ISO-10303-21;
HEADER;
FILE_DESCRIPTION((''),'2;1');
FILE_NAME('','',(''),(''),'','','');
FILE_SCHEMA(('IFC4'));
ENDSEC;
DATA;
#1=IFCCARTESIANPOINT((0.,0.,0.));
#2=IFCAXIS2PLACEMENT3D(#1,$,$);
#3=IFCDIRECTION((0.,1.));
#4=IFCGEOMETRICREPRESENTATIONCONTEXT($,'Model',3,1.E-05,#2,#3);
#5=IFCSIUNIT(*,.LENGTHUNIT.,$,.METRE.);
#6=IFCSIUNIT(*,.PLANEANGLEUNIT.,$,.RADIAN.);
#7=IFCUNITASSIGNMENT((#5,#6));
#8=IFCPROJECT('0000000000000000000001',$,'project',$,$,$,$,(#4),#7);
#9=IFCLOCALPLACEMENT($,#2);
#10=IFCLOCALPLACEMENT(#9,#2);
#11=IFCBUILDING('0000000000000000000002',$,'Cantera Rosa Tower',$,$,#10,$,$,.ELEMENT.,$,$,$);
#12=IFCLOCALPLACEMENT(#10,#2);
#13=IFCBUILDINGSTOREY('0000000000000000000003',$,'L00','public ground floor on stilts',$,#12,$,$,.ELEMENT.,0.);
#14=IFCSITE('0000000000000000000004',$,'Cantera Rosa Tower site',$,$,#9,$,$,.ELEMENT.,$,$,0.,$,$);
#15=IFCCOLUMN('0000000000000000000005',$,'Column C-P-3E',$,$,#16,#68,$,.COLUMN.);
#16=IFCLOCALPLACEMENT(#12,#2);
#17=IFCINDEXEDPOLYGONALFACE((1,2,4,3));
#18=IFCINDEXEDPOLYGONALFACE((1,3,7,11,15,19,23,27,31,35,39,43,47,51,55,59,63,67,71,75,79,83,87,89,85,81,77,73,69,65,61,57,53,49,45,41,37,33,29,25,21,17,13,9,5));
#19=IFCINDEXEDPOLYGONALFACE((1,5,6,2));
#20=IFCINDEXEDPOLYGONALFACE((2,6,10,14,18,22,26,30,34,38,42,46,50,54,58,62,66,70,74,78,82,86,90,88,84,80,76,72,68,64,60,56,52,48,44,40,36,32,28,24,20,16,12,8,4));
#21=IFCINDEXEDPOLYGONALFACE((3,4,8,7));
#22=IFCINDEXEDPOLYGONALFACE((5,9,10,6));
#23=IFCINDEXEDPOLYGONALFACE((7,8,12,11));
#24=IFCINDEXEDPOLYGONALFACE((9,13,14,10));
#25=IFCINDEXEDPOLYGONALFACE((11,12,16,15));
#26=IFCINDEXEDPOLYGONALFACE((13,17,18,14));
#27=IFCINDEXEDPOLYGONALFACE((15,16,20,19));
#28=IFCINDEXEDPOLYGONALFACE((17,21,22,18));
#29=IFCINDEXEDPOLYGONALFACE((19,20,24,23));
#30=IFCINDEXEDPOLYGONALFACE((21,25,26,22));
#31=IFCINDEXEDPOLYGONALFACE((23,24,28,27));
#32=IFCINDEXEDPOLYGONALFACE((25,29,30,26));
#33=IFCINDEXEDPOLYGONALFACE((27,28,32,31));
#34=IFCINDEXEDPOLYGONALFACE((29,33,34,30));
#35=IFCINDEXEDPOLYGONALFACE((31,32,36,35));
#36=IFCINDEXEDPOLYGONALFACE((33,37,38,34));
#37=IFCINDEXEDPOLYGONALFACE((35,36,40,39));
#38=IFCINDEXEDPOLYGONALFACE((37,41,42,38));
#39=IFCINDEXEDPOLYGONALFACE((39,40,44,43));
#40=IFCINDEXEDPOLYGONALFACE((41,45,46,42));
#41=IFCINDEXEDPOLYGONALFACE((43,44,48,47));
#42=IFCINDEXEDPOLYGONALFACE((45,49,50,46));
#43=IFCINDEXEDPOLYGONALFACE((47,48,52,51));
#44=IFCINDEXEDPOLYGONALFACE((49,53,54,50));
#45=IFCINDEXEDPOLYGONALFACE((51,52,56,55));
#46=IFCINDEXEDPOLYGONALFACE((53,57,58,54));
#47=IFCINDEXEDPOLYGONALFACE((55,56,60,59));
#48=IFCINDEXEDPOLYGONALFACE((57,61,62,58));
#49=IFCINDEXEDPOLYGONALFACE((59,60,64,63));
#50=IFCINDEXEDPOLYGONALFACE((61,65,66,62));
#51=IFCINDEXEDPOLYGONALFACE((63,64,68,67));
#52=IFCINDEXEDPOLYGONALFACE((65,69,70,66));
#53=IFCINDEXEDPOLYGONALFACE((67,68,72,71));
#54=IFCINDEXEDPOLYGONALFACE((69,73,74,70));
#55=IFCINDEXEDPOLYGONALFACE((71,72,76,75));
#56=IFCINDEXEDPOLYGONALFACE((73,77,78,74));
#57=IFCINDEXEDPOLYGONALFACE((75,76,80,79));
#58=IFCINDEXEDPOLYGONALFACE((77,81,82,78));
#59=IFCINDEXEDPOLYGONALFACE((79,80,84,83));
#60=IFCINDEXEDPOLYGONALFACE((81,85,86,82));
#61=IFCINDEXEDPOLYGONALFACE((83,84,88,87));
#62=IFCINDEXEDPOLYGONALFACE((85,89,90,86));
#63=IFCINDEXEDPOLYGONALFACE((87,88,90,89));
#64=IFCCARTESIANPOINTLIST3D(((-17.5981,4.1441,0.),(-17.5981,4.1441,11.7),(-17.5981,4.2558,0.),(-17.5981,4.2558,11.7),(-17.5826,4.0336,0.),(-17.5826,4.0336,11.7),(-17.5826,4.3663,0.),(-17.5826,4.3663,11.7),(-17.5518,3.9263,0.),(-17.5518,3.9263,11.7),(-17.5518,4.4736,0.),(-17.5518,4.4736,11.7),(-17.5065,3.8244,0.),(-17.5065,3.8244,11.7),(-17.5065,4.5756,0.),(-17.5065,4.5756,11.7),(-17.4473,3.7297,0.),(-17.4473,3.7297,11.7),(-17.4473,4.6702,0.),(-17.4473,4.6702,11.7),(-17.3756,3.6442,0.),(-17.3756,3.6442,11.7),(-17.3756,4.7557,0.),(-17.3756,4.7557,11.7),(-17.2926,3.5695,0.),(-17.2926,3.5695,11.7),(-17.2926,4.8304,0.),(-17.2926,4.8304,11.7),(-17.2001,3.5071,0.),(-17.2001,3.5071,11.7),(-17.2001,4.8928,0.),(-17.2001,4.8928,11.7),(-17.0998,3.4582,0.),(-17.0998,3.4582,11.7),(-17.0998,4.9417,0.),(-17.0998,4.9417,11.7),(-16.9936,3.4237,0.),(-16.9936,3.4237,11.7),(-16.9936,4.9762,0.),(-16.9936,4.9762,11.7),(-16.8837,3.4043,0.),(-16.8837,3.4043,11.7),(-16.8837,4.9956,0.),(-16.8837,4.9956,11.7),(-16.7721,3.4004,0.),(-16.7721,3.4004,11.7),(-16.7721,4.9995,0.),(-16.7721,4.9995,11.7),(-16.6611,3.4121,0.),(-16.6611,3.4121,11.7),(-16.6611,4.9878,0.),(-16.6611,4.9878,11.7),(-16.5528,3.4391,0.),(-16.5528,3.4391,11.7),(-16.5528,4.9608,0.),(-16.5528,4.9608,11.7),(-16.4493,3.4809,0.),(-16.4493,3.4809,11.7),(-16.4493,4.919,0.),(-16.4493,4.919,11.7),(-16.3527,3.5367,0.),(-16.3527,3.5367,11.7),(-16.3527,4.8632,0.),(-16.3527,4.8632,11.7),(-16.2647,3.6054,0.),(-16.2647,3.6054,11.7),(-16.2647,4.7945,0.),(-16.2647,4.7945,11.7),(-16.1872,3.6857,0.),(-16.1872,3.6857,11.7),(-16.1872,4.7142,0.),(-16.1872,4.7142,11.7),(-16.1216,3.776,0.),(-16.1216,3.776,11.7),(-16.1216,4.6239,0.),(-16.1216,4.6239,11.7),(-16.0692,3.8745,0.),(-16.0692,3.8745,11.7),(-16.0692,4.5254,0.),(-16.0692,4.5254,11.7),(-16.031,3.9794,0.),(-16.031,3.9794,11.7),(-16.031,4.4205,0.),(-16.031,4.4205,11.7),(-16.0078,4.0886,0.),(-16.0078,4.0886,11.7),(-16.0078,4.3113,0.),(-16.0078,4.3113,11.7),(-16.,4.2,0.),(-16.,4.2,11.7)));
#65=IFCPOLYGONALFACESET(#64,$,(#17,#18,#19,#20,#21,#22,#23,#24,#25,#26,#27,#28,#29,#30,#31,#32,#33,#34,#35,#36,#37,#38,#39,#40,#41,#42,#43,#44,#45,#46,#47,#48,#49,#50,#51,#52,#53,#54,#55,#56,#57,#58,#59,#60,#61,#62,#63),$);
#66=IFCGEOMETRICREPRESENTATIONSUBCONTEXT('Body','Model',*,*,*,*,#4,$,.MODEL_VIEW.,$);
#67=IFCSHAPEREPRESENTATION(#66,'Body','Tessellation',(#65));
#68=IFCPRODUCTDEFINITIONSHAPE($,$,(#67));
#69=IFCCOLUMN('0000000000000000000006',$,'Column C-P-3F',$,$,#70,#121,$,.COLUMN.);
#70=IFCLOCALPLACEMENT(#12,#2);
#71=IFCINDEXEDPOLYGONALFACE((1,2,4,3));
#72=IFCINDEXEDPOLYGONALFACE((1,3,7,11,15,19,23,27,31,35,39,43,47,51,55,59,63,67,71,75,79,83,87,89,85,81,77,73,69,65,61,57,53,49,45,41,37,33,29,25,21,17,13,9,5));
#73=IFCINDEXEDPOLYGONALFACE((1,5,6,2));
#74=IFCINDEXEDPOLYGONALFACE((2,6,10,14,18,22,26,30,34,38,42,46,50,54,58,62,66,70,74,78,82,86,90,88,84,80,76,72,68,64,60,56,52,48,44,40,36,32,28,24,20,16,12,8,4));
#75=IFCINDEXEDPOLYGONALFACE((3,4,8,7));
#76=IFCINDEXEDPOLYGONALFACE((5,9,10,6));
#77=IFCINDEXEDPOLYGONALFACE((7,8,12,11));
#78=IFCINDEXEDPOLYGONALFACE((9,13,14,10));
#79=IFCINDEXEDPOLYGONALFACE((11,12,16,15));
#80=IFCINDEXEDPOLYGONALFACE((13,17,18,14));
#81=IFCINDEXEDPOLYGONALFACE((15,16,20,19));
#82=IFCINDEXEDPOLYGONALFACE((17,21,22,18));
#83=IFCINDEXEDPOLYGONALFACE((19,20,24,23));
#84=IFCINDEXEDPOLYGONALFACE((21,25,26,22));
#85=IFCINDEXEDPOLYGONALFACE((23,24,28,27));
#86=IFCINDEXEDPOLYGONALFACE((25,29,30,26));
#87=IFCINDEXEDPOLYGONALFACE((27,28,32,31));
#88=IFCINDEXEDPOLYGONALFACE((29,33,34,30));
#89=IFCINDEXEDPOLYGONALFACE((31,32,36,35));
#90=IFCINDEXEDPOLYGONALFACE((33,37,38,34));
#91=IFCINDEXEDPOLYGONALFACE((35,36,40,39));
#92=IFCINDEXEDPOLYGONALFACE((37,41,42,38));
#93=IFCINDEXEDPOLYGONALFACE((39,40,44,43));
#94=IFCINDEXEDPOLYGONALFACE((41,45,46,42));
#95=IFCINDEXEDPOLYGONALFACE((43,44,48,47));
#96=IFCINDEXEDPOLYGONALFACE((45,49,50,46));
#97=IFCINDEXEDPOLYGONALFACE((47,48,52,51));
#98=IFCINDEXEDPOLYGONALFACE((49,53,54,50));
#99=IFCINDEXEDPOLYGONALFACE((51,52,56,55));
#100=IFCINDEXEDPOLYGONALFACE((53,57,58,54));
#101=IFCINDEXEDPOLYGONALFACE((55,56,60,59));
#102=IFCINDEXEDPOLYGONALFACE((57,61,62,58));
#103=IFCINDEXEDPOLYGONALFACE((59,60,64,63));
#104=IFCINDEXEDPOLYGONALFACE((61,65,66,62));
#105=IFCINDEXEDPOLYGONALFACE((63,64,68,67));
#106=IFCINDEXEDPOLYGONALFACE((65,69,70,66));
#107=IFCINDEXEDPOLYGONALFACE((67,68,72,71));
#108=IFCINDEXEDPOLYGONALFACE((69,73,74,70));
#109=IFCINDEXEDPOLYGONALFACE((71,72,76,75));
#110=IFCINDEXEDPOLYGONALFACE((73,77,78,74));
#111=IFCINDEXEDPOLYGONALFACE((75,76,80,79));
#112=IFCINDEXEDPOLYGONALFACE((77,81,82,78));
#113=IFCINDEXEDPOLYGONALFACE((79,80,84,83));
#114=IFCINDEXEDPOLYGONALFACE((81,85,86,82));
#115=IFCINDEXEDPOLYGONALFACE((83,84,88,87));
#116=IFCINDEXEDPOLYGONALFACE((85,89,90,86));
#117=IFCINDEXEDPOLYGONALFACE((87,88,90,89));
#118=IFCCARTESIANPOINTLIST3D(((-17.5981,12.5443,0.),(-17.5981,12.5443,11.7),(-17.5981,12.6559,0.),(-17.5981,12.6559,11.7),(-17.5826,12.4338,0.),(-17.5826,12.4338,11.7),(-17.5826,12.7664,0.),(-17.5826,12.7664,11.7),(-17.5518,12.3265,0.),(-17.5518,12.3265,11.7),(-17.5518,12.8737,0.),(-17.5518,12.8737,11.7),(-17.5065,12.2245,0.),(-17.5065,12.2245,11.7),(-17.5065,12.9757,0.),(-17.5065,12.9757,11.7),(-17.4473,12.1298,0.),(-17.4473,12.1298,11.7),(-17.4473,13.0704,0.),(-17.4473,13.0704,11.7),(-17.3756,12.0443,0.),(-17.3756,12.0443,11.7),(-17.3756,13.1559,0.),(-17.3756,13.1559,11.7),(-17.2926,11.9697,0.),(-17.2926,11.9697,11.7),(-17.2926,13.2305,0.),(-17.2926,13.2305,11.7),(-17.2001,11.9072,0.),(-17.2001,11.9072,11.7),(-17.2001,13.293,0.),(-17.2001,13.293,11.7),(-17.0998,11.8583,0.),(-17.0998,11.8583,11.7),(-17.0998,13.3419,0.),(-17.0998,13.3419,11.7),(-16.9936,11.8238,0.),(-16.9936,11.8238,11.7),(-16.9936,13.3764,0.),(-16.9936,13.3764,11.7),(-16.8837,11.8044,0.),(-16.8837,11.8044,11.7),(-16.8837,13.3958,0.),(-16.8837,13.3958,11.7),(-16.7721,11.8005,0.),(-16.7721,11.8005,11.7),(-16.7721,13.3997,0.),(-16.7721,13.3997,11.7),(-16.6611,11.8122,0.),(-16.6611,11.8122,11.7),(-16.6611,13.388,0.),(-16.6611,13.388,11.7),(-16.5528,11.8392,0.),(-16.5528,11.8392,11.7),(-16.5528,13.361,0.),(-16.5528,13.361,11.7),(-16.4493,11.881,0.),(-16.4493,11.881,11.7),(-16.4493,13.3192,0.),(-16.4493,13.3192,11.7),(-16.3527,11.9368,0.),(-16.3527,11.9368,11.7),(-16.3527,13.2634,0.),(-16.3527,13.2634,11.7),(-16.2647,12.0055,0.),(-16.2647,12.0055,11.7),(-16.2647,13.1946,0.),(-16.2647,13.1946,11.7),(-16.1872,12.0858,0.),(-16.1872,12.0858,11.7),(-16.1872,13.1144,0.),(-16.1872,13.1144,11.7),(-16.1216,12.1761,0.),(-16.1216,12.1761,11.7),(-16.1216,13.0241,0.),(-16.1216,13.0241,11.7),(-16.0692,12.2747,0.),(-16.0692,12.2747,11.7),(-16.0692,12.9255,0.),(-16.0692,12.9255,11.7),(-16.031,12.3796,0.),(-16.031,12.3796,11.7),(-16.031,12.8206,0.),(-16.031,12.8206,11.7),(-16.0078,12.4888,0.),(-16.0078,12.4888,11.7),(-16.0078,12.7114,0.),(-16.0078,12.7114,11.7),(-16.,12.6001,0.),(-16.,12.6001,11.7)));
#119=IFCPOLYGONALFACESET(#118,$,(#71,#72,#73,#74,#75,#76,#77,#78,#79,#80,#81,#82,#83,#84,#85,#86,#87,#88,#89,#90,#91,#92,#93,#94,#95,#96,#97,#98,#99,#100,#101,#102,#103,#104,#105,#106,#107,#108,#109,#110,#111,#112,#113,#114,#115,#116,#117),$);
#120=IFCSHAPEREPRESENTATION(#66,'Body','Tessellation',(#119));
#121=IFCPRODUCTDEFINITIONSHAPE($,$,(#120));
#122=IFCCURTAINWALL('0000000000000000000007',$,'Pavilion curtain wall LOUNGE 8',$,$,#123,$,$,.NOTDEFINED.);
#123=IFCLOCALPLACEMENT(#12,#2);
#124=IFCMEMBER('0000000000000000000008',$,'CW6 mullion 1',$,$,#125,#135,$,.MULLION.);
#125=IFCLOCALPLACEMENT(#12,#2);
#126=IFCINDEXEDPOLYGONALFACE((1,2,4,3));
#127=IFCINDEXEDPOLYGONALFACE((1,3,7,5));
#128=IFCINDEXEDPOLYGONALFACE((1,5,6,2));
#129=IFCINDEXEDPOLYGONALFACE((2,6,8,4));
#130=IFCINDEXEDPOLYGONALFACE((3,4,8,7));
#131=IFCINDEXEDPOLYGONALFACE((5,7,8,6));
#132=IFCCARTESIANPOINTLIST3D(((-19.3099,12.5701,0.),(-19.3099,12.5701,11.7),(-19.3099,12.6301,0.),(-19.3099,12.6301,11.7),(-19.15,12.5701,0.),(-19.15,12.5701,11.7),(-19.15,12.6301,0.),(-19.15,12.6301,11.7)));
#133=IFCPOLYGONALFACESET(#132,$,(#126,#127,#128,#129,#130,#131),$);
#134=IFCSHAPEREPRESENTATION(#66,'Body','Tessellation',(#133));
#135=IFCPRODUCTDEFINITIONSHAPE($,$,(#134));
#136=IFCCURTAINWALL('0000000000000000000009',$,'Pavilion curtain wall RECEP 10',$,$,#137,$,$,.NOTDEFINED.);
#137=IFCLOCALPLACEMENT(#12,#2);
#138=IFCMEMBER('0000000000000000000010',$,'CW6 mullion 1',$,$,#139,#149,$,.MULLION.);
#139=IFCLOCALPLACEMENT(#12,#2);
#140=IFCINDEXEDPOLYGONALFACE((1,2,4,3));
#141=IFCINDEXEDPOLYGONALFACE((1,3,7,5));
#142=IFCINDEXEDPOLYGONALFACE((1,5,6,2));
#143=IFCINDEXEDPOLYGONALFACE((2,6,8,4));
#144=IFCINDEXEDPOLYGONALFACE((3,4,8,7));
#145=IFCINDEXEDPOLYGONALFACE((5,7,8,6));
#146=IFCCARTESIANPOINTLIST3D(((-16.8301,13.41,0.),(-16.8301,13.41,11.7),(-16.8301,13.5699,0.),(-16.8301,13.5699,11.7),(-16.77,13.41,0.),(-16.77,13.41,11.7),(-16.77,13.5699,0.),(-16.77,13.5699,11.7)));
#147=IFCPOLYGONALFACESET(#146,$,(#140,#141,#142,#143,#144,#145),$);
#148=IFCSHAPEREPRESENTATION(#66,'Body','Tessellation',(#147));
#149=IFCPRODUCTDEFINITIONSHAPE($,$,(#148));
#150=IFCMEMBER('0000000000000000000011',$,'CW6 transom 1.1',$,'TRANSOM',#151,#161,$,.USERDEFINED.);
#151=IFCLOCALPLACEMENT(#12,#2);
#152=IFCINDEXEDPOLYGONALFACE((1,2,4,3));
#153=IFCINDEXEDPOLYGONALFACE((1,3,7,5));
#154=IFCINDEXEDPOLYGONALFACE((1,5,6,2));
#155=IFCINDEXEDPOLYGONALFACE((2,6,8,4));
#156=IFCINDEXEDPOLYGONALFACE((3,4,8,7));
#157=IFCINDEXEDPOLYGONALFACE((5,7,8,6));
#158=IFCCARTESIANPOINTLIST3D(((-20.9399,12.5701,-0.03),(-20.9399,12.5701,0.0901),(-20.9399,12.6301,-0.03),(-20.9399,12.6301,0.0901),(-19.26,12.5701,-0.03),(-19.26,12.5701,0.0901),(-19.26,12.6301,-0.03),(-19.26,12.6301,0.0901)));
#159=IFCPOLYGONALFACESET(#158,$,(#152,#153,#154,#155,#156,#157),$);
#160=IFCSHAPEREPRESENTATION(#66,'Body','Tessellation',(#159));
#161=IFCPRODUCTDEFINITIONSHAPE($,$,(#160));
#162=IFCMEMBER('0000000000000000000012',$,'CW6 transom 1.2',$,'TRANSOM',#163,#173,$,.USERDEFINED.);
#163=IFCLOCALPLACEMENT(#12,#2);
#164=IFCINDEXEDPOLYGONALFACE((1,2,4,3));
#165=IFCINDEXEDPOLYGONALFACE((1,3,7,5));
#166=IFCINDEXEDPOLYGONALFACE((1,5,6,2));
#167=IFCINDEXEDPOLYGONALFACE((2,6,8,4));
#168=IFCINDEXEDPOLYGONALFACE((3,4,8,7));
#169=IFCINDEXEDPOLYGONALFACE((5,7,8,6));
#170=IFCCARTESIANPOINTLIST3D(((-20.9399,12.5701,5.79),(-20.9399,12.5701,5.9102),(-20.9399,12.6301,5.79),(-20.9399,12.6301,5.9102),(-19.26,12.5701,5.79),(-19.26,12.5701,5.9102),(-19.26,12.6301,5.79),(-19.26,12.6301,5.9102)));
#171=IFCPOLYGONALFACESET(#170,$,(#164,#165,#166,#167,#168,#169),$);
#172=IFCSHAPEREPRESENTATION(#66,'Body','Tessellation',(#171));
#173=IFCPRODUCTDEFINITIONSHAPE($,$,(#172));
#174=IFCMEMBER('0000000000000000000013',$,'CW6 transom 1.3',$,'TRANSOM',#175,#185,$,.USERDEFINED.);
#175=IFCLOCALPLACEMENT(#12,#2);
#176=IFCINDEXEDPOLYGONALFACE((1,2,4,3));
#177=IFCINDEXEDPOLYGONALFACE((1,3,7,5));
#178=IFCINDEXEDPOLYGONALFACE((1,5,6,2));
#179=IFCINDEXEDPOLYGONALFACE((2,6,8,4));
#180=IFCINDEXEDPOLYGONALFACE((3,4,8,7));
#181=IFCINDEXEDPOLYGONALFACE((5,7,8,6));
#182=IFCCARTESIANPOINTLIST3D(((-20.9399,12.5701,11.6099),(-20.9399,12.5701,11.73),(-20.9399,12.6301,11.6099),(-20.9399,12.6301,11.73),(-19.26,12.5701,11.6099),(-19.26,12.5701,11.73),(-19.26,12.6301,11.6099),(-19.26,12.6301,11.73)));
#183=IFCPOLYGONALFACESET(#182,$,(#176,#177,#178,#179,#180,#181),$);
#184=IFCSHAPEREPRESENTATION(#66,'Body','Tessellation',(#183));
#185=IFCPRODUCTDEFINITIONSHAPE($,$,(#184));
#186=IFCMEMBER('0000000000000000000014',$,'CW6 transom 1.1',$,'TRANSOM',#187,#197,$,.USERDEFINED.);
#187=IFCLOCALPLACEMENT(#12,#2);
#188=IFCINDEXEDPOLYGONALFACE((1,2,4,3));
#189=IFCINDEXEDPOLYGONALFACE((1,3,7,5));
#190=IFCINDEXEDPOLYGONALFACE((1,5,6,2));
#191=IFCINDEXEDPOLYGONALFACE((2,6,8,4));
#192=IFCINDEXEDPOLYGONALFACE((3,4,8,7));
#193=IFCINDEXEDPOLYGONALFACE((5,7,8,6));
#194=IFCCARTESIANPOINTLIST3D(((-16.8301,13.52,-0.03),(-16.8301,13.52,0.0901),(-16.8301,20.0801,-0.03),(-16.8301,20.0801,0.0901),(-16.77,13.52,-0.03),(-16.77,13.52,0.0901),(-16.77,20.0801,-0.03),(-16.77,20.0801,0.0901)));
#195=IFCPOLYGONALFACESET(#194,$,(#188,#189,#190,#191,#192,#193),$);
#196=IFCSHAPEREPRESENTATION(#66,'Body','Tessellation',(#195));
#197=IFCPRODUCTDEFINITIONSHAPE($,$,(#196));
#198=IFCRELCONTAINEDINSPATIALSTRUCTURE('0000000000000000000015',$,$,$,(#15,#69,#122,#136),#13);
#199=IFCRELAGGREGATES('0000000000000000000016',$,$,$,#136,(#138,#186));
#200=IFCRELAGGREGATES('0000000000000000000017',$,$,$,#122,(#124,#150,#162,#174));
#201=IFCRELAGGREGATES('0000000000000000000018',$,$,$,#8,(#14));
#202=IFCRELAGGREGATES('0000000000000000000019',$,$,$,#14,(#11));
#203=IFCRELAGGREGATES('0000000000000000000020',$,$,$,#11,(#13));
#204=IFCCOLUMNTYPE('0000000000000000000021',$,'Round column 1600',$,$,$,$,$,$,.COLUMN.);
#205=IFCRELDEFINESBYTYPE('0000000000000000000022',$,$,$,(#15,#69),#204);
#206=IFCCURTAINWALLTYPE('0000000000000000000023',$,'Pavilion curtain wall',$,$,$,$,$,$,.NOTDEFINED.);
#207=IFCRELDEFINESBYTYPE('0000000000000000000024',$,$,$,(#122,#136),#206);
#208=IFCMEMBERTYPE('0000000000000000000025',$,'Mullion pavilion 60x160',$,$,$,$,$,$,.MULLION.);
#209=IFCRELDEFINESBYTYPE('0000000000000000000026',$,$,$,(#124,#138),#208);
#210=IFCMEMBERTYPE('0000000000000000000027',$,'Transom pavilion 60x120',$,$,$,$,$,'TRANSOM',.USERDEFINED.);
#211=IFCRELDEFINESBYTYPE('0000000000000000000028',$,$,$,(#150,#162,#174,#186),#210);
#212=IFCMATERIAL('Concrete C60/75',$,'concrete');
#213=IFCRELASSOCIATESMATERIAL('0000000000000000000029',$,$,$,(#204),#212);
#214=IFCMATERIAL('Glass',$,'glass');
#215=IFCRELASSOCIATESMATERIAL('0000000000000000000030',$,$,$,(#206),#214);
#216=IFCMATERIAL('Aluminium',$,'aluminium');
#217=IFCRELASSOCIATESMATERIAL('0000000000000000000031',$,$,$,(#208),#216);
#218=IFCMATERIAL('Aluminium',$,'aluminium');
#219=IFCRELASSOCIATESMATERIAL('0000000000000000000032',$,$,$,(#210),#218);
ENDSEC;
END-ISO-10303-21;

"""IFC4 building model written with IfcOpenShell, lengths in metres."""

from ifc_helpers import new_model, si_unit, direction, frame, origin, origin_2d, place, context, subcontext, project, spatial, rectangle, circle, extrude, material, material_profile, profile_set, type_object, element, aggregate, save


model = new_model("IFC4")

# Units and contexts
model_context = context("Model", 3, precision=1e-05, world=origin(), true_north=direction((0.0, 1.0)))
body_context = subcontext(model_context, "Body", "Model", "MODEL_VIEW")
ifc_project = project(units=[si_unit("LENGTHUNIT", "METRE"), si_unit("PLANEANGLEUNIT", "RADIAN")], contexts=[model_context])

# Site, building, storey
site_placement = place(None, origin())
site = spatial("IfcSite", under=ifc_project, at=site_placement, Name="Cantera Rosa Tower site", CompositionType="ELEMENT", RefElevation=0.0)
building_placement = place(site_placement, origin())
building = spatial("IfcBuilding", under=site, at=building_placement, Name="Cantera Rosa Tower", CompositionType="ELEMENT")
storey_placement = place(building_placement, origin())
storey = spatial("IfcBuildingStorey", under=building, at=storey_placement, Name="L00", Description="public ground floor on stilts", CompositionType="ELEMENT", Elevation=0.0)

# Columns
ifc_material_1 = material(Name="Concrete C60/75", Category="concrete")
ifc_material_profile_1 = material_profile(ifc_material_1, circle(Radius=0.8, at=origin_2d()), Name="Round column 1600")
ifc_profile_set_1 = profile_set([ifc_material_profile_1], Name="Concrete C60/75")
column_type = type_object("IfcColumnType", Name="Round column 1600", PredefinedType="COLUMN", material=ifc_profile_set_1)
for number, where, z_axis, x_axis, name in (
    (1, (-16.8, 4.2, 0.0), (0.0, 0.0, 1.0), (1.0, 0.0, 0.0), "Column C-P-3E"),
    (2, (-16.8, 12.6001, 0.0), (0.0, 0.0, 1.0), (1.0, 0.0, 0.0), "Column C-P-3F"),
):
    element("IfcColumn", number, at=place(storey_placement, frame(where, z_axis=z_axis, x_axis=x_axis)), inside=storey, type_object=column_type, Name=name, PredefinedType="COLUMN", context=body_context, shape_type="SweptSolid", body=[
        extrude(circle(Radius=0.8, at=origin_2d()), origin(), (0.0, 0.0, 1.0), 11.7),
    ])

# Curtain walls, members
ifc_material_2 = material(Name="Glass", Category="glass")
curtain_wall_type = type_object("IfcCurtainWallType", Name="Pavilion curtain wall", PredefinedType="NOTDEFINED", material=ifc_material_2)
curtain_wall_1_placement = place(storey_placement, origin())
curtain_wall_1 = element("IfcCurtainWall", 3, at=curtain_wall_1_placement, inside=storey, type_object=curtain_wall_type, Name="Pavilion curtain wall LOUNGE 8", PredefinedType="NOTDEFINED")
ifc_material_3 = material(Name="Aluminium", Category="aluminium")
ifc_material_profile_2 = material_profile(ifc_material_3, rectangle(XDim=0.0601, YDim=0.1599, at=origin_2d()), Name="Mullion pavilion 60x160")
ifc_profile_set_2 = profile_set([ifc_material_profile_2], Name="Aluminium")
member_type_1 = type_object("IfcMemberType", Name="Mullion pavilion 60x160", PredefinedType="MULLION", material=ifc_profile_set_2)
member_1_placement = place(storey_placement, frame((-19.23, 12.6001, 0.0), z_axis=(0.0, 0.0, 1.0), x_axis=(0.0, -1.0, 0.0)))
member_1 = element("IfcMember", 4, at=member_1_placement, type_object=member_type_1, Name="CW6 mullion 1", PredefinedType="MULLION", context=body_context, shape_type="SweptSolid", body=[
    extrude(rectangle(XDim=0.0601, YDim=0.1599, at=origin_2d()), origin(), (0.0, 0.0, 1.0), 11.7),
])
curtain_wall_2_placement = place(storey_placement, origin())
curtain_wall_2 = element("IfcCurtainWall", 5, at=curtain_wall_2_placement, inside=storey, type_object=curtain_wall_type, Name="Pavilion curtain wall RECEP 10", PredefinedType="NOTDEFINED")
member_2_placement = place(storey_placement, frame((-16.8, 13.49, 0.0), z_axis=(0.0, 0.0, 1.0), x_axis=(-1.0, 0.0, 0.0)))
member_2 = element("IfcMember", 6, at=member_2_placement, type_object=member_type_1, Name="CW6 mullion 1", PredefinedType="MULLION", context=body_context, shape_type="SweptSolid", body=[
    extrude(rectangle(XDim=0.0601, YDim=0.1599, at=origin_2d()), origin(), (0.0, 0.0, 1.0), 11.7),
])

# Members
ifc_material_4 = material(Name="Aluminium", Category="aluminium")
ifc_material_profile_3 = material_profile(ifc_material_4, rectangle(XDim=0.0601, YDim=0.1201, at=origin_2d()), Name="Transom pavilion 60x120")
ifc_profile_set_3 = profile_set([ifc_material_profile_3], Name="Aluminium")
member_type_2 = type_object("IfcMemberType", Name="Transom pavilion 60x120", ElementType="TRANSOM", PredefinedType="USERDEFINED", material=ifc_profile_set_3)
member_3_placement = place(storey_placement, frame((-19.26, 12.6001, 0.03), z_axis=(-1.0, 0.0, 0.0), x_axis=(0.0, -1.0, 0.0)))
member_3 = element("IfcMember", 7, at=member_3_placement, type_object=member_type_2, Name="CW6 transom 1.1", ObjectType="TRANSOM", PredefinedType="USERDEFINED", context=body_context, shape_type="SweptSolid", body=[
    extrude(rectangle(XDim=0.0601, YDim=0.1201, at=origin_2d()), origin(), (0.0, 0.0, 1.0), 1.6799),
])
member_4_placement = place(storey_placement, frame((-19.26, 12.6001, 5.8501), z_axis=(-1.0, 0.0, 0.0), x_axis=(0.0, -1.0, 0.0)))
member_4 = element("IfcMember", 8, at=member_4_placement, type_object=member_type_2, Name="CW6 transom 1.2", ObjectType="TRANSOM", PredefinedType="USERDEFINED", context=body_context, shape_type="SweptSolid", body=[
    extrude(rectangle(XDim=0.0601, YDim=0.1201, at=origin_2d()), origin(), (0.0, 0.0, 1.0), 1.6799),
])
member_5_placement = place(storey_placement, frame((-19.26, 12.6001, 11.6699), z_axis=(-1.0, 0.0, 0.0), x_axis=(0.0, -1.0, 0.0)))
member_5 = element("IfcMember", 9, at=member_5_placement, type_object=member_type_2, Name="CW6 transom 1.3", ObjectType="TRANSOM", PredefinedType="USERDEFINED", context=body_context, shape_type="SweptSolid", body=[
    extrude(rectangle(XDim=0.0601, YDim=0.1201, at=origin_2d()), origin(), (0.0, 0.0, 1.0), 1.6799),
])
member_6_placement = place(storey_placement, frame((-16.8, 13.52, 0.03), z_axis=(0.0, 1.0, 0.0), x_axis=(-1.0, 0.0, 0.0)))
member_6 = element("IfcMember", 10, at=member_6_placement, type_object=member_type_2, Name="CW6 transom 1.1", ObjectType="TRANSOM", PredefinedType="USERDEFINED", context=body_context, shape_type="SweptSolid", body=[
    extrude(rectangle(XDim=0.0601, YDim=0.1201, at=origin_2d()), origin(), (0.0, 0.0, 1.0), 6.5601),
])
aggregate(curtain_wall_2, [member_2, member_6])

aggregate(curtain_wall_1, [member_1, member_3, member_4, member_5])

save(model, "model.ifc")
